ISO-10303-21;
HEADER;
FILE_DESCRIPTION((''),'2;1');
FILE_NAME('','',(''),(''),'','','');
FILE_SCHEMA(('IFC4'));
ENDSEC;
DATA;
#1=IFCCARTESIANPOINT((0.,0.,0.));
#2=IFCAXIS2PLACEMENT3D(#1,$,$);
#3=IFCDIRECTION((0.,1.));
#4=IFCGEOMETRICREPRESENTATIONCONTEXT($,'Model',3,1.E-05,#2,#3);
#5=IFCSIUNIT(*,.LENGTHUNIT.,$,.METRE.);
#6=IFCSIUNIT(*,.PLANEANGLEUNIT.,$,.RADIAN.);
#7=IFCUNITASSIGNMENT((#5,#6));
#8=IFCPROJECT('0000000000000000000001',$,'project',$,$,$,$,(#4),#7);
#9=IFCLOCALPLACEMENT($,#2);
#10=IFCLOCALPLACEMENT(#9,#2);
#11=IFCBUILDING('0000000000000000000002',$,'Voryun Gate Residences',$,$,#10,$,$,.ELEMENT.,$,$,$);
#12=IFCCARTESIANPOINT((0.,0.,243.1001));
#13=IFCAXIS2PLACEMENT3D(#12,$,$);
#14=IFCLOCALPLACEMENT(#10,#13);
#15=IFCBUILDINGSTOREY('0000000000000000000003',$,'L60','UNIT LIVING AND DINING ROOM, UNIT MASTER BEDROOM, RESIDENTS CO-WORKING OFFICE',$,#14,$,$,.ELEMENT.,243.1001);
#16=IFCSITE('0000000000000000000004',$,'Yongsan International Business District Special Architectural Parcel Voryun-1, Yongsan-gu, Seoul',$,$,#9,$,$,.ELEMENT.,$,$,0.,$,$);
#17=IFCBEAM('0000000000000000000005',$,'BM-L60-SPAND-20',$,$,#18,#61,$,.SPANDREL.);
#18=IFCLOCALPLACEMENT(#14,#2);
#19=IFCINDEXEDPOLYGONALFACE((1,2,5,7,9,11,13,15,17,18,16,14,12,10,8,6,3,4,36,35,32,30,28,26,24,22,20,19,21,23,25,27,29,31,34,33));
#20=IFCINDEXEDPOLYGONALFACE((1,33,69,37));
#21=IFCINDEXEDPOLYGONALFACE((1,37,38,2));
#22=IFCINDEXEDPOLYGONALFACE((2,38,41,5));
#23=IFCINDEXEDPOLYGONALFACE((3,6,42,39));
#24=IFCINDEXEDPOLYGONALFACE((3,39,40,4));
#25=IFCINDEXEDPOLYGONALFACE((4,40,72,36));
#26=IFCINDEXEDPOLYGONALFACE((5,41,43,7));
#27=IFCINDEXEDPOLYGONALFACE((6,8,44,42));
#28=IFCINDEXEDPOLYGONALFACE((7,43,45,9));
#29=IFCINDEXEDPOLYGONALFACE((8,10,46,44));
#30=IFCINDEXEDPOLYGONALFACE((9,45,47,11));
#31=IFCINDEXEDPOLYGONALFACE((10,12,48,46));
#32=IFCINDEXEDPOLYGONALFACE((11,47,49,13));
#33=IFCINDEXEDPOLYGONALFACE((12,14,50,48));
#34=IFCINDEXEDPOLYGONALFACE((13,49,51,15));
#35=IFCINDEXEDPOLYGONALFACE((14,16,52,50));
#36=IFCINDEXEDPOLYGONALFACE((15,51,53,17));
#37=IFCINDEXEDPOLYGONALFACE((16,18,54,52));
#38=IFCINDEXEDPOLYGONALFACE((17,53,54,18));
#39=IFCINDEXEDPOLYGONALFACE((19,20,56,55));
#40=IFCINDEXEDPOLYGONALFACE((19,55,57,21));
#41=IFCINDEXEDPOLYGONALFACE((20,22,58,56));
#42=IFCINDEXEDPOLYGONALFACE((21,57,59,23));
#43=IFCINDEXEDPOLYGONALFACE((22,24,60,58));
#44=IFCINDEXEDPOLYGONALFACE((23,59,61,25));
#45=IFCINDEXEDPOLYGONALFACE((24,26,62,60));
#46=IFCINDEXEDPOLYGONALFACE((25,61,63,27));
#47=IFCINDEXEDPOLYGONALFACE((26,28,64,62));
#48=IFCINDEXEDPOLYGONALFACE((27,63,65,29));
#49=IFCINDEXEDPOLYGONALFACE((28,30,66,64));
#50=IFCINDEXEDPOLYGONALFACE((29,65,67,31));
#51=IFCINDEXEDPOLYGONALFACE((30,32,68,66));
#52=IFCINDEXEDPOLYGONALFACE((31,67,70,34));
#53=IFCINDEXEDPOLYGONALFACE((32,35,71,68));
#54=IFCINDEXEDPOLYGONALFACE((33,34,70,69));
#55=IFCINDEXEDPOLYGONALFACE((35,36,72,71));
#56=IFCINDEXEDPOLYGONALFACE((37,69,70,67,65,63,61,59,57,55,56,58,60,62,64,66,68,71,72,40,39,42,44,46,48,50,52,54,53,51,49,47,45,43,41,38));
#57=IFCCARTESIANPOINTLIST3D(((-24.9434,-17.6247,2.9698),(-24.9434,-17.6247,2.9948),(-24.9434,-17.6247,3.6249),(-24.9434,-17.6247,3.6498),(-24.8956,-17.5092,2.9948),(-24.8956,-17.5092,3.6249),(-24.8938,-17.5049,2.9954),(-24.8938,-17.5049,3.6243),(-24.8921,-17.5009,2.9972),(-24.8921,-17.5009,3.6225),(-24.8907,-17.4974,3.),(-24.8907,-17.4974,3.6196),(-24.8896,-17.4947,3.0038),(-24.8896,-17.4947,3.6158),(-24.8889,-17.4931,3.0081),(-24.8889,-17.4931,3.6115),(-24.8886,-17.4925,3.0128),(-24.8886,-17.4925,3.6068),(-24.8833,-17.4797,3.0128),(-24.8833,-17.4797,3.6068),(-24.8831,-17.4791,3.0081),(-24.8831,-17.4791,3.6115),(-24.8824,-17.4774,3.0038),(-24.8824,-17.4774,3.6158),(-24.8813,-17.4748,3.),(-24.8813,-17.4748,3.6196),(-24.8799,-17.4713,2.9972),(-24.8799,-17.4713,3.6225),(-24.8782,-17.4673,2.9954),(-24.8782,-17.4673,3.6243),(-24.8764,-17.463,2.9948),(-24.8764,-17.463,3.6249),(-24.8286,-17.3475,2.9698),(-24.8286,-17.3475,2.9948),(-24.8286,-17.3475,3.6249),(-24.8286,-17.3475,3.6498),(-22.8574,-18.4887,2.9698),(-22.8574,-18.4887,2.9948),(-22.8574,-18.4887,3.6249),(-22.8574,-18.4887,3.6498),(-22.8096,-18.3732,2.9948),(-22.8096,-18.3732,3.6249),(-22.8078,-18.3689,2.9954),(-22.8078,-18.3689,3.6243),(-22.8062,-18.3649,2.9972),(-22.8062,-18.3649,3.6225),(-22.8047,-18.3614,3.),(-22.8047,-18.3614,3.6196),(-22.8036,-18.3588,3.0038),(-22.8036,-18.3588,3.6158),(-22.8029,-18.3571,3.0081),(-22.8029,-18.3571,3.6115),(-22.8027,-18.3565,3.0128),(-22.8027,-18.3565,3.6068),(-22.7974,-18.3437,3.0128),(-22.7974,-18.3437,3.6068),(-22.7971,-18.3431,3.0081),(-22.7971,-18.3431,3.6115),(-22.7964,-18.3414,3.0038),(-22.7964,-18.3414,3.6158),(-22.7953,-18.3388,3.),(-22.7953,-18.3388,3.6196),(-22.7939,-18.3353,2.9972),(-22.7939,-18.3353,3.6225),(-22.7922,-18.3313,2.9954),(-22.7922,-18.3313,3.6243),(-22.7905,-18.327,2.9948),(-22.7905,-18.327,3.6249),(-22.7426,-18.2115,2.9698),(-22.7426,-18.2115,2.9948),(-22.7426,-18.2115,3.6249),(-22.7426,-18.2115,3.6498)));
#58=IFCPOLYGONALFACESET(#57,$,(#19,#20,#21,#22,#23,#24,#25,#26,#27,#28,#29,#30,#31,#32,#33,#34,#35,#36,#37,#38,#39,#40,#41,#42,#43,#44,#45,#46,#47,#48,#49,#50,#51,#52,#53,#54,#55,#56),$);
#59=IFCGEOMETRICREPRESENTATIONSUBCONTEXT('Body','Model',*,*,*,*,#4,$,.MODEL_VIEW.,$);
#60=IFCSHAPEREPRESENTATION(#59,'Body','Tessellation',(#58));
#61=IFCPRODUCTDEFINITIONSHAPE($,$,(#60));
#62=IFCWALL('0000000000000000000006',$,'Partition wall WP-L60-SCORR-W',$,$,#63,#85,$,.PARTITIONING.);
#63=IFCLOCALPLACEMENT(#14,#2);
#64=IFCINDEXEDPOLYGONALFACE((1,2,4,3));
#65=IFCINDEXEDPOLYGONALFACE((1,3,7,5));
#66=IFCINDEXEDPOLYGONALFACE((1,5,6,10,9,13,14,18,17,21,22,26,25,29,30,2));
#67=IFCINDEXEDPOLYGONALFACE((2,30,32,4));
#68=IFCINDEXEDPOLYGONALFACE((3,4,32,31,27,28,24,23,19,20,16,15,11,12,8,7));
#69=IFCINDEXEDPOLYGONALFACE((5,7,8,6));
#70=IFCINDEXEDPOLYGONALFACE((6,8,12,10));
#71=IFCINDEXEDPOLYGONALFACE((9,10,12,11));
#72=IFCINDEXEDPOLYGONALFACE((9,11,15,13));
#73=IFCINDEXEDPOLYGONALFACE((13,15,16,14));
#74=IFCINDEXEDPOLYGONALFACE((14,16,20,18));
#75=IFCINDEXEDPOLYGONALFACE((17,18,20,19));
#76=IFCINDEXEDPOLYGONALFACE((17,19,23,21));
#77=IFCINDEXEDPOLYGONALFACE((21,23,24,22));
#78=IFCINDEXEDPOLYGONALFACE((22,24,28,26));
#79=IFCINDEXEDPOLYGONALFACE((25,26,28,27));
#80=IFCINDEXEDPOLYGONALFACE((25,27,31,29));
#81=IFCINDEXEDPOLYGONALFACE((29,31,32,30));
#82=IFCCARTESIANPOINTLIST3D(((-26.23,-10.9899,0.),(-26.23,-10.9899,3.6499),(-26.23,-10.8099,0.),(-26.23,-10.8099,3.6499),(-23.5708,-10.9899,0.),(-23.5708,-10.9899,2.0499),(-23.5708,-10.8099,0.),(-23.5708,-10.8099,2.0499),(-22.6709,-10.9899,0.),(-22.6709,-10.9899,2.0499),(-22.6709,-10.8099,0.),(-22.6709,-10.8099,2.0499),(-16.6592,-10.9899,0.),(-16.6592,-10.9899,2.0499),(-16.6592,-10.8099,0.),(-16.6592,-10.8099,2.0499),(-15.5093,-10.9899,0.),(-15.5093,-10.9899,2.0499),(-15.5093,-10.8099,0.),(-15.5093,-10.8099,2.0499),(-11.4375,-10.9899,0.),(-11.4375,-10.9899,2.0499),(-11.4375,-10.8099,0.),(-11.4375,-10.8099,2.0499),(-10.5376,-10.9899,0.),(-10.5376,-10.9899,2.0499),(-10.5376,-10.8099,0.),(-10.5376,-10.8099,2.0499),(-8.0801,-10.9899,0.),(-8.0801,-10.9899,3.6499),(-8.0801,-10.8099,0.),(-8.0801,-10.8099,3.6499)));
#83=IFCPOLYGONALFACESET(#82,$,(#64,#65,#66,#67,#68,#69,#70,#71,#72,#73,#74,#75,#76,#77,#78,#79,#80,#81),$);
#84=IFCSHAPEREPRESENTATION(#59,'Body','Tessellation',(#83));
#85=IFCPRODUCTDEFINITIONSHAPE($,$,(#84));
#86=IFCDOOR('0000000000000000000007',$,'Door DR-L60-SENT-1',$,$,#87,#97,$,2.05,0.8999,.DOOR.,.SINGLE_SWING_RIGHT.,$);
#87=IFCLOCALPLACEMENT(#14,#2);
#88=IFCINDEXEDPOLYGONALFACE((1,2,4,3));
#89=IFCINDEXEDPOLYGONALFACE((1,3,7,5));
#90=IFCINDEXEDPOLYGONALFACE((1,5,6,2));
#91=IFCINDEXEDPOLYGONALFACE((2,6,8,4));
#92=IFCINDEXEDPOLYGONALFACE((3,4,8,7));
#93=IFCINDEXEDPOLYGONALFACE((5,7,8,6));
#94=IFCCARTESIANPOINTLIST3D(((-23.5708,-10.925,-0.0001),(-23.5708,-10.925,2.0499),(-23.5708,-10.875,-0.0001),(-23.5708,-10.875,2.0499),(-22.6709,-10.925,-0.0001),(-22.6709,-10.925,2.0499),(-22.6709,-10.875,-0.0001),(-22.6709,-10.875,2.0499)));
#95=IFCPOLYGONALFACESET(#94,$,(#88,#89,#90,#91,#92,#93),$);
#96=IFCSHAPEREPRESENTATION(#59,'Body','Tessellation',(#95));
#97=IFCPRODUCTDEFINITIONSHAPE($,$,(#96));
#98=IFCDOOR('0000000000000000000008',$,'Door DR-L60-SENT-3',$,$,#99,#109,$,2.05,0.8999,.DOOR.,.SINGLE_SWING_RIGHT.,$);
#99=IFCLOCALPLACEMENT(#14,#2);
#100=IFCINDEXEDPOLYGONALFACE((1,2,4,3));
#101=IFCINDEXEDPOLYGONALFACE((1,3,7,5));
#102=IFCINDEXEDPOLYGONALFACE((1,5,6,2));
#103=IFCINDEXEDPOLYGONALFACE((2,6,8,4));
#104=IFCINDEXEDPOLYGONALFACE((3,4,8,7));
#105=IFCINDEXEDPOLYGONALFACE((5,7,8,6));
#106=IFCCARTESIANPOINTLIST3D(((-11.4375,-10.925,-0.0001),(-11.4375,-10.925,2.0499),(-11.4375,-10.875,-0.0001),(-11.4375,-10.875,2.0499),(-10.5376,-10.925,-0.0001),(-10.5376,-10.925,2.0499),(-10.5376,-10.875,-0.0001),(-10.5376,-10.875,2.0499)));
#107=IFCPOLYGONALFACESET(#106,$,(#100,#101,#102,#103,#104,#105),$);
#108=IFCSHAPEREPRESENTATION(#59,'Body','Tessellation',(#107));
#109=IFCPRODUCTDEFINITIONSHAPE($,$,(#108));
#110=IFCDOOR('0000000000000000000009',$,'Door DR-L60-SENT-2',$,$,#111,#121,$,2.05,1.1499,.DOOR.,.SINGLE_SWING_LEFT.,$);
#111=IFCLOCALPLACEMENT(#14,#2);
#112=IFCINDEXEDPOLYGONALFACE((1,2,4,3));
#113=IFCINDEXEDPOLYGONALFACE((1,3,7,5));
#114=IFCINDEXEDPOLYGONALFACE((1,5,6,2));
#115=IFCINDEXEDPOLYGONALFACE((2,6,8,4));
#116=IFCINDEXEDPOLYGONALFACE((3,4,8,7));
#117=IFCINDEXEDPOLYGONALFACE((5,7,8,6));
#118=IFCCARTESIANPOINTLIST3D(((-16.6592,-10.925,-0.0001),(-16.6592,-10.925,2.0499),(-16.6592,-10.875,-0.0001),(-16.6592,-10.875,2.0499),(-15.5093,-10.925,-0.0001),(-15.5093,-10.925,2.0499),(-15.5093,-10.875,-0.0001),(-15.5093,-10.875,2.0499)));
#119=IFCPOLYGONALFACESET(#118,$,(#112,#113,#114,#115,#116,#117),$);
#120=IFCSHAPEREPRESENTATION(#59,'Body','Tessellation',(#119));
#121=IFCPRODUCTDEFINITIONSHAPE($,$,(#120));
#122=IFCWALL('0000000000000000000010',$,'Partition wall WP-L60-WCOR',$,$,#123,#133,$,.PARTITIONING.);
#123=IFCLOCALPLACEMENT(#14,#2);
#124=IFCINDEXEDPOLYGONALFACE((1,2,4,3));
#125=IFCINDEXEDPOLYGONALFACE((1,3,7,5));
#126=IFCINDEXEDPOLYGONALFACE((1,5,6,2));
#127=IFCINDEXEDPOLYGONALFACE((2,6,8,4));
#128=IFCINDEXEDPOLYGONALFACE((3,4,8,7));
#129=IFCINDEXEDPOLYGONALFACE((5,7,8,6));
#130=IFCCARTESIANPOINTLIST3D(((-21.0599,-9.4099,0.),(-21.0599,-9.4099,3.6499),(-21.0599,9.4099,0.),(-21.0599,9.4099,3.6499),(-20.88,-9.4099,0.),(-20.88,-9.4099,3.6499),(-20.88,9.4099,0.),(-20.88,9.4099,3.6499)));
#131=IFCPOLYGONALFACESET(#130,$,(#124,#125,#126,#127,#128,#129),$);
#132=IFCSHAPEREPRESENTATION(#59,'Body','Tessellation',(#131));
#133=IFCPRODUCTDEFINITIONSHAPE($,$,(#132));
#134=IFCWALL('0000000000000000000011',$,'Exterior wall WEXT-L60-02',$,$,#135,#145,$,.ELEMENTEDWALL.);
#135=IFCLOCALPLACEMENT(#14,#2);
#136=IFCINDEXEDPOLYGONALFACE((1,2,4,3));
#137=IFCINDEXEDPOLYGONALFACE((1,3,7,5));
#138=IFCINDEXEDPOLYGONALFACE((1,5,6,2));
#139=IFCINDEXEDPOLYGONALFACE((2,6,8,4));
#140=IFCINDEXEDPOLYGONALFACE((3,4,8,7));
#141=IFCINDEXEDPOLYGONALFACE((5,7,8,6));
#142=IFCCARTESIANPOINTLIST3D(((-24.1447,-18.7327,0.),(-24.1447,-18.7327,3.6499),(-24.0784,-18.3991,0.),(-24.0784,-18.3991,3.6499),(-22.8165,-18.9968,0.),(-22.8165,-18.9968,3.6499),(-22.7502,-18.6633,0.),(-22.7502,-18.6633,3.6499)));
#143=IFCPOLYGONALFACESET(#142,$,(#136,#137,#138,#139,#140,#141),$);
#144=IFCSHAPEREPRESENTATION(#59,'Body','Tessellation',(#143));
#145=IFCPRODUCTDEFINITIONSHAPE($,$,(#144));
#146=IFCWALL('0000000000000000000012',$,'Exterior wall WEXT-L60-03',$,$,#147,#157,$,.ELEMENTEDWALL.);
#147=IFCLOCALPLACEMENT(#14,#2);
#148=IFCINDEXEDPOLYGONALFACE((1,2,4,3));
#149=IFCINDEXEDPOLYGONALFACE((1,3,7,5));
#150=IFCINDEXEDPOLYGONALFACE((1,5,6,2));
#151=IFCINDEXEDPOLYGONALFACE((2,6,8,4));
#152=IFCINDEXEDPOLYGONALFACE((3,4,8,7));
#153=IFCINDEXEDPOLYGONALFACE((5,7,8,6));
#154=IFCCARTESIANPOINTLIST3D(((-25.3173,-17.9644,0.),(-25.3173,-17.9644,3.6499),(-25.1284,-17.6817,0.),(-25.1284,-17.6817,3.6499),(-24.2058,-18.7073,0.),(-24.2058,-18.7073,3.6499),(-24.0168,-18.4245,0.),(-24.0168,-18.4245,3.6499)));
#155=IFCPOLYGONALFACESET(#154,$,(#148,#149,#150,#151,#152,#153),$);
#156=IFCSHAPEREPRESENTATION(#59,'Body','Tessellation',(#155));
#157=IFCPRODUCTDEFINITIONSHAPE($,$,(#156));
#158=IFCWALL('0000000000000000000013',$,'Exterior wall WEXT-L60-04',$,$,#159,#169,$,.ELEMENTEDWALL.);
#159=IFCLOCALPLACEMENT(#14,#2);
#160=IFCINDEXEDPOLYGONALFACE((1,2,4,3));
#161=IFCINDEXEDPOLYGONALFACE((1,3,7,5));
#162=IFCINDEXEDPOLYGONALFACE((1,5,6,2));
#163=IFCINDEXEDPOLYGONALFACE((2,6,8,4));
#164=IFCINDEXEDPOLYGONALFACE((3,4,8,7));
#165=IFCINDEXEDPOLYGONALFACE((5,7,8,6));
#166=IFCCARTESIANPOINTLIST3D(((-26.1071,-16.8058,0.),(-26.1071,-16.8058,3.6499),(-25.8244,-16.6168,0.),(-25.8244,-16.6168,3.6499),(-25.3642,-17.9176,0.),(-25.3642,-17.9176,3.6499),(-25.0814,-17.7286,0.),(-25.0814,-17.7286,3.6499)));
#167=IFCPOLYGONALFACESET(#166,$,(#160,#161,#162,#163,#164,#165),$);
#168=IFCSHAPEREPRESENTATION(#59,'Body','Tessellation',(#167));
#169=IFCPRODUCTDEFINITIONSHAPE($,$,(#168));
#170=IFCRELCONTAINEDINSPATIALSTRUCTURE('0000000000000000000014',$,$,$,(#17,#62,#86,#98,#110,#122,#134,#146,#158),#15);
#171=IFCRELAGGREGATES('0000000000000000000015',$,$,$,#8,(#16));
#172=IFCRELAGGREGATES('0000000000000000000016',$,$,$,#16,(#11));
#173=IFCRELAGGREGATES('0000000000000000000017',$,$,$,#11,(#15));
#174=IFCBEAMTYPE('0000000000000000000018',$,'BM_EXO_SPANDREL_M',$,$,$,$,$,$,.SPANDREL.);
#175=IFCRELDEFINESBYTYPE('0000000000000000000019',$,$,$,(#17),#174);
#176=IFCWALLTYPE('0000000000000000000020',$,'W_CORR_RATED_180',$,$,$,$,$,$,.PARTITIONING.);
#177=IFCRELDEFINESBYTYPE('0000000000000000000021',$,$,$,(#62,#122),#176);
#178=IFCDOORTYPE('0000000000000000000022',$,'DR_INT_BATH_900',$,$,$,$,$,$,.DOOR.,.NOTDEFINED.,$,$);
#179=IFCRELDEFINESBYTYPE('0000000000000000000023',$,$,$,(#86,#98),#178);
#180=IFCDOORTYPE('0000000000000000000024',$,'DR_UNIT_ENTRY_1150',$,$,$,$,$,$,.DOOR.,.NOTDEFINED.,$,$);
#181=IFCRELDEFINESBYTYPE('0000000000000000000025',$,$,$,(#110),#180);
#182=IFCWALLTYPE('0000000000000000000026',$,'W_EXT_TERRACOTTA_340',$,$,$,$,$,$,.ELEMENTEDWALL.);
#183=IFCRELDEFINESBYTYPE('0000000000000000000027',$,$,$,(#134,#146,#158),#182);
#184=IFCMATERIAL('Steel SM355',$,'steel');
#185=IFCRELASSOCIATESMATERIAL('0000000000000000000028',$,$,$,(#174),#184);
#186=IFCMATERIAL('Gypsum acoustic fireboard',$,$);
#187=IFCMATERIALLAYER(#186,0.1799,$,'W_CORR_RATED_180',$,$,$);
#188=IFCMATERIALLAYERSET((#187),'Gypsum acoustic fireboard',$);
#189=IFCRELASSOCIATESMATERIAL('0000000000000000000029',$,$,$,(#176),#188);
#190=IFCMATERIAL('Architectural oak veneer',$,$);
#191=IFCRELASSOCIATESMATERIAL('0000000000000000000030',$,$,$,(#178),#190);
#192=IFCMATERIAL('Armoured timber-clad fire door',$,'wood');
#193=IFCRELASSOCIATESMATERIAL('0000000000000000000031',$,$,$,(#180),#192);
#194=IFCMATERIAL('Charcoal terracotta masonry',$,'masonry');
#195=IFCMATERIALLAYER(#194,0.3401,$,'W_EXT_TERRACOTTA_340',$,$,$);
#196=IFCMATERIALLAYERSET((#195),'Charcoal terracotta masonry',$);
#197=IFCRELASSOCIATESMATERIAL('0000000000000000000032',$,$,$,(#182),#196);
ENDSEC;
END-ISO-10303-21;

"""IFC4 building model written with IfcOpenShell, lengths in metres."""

from ifc_helpers import new_model, si_unit, direction, frame, frame_2d, origin, origin_2d, place, context, subcontext, project, spatial, rectangle, i_section, extrude, material, layer, layer_set, material_profile, profile_set, type_object, element, fill, save


model = new_model("IFC4")

# Units and contexts
model_context = context("Model", 3, precision=1e-05, world=origin(), true_north=direction((0.0, 1.0)))
body_context = subcontext(model_context, "Body", "Model", "MODEL_VIEW")
ifc_project = project(units=[si_unit("LENGTHUNIT", "METRE"), si_unit("PLANEANGLEUNIT", "RADIAN")], contexts=[model_context])

# Site, building, storey
site_placement = place(None, origin())
site = spatial("IfcSite", under=ifc_project, at=site_placement, Name="Yongsan International Business District Special Architectural Parcel Voryun-1, Yongsan-gu, Seoul", CompositionType="ELEMENT", RefElevation=0.0)
building_placement = place(site_placement, origin())
building = spatial("IfcBuilding", under=site, at=building_placement, Name="Voryun Gate Residences", CompositionType="ELEMENT")
storey_placement = place(building_placement, frame((0.0, 0.0, 243.1001)))
storey = spatial("IfcBuildingStorey", under=building, at=storey_placement, Name="L60", Description="UNIT LIVING AND DINING ROOM, UNIT MASTER BEDROOM, RESIDENTS CO-WORKING OFFICE", CompositionType="ELEMENT", Elevation=243.1001)

# Beam
ifc_material_1 = material(Name="Steel SM355", Category="steel")
ifc_material_profile_1 = material_profile(ifc_material_1, i_section(OverallWidth=0.3, OverallDepth=0.6799, WebThickness=0.0139, FlangeThickness=0.0249, FilletRadius=0.0181, at=origin_2d()), Name="H-680x300x14x25")
ifc_profile_set_1 = profile_set([ifc_material_profile_1], Name="Steel SM355")
beam_type = type_object("IfcBeamType", Name="BM_EXO_SPANDREL_M", PredefinedType="SPANDREL", material=ifc_profile_set_1)
beam_1_placement = place(storey_placement, frame((-24.886, -17.4861, 3.3098), z_axis=(0.923881, -0.38268, 0.0), x_axis=(0.38268, 0.923881, 0.0)))
element("IfcBeam", 1, at=beam_1_placement, inside=storey, type_object=beam_type, Name="BM-L60-SPAND-20", PredefinedType="SPANDREL", context=body_context, shape_type="SweptSolid", body=[
    extrude(i_section(OverallWidth=0.3, OverallDepth=0.6799, WebThickness=0.0139, FlangeThickness=0.0249, FilletRadius=0.0181, at=origin_2d()), origin(), (0.0, 0.0, 1.0), 2.2578),
])

# Wall, openings, doors
ifc_material_2 = material(Name="Gypsum acoustic fireboard")
ifc_layer_1 = layer(ifc_material_2, 0.1799, Name="W_CORR_RATED_180")
ifc_layer_set_1 = layer_set([ifc_layer_1], Name="Gypsum acoustic fireboard")
wall_type_1 = type_object("IfcWallType", Name="W_CORR_RATED_180", PredefinedType="PARTITIONING", material=ifc_layer_set_1)
wall_1_placement = place(storey_placement, frame((-26.23, -10.8999, 0.0), z_axis=(0.0, 0.0, 1.0), x_axis=(1.0, 0.0, 0.0)))
wall_1 = element("IfcWall", 2, at=wall_1_placement, inside=storey, type_object=wall_type_1, Name="Partition wall WP-L60-SCORR-W", PredefinedType="PARTITIONING", context=body_context, shape_type="SweptSolid", body=[
    extrude(rectangle(XDim=18.1499, YDim=0.1799, at=frame_2d((9.075, 0.0))), origin(), (0.0, 0.0, 1.0), 3.6499),
])
opening_1_placement = place(wall_1_placement, frame((2.6592, 0.0, 0.0)))
opening_1 = element("IfcOpeningElement", 3, at=opening_1_placement, cuts=wall_1, PredefinedType="OPENING", context=body_context, shape_type="SweptSolid", body=[
    extrude(rectangle(XDim=0.8999, YDim=2.05, at=frame_2d((0.45, 1.0249))), frame((0.0, 0.0999, 0.0), z_axis=(0.0, -1.0, 0.0), x_axis=(1.0, 0.0, 0.0)), (0.0, 0.0, 1.0), 0.2),
])
opening_2_placement = place(wall_1_placement, frame((9.5708, 0.0, 0.0)))
opening_2 = element("IfcOpeningElement", 4, at=opening_2_placement, cuts=wall_1, PredefinedType="OPENING", context=body_context, shape_type="SweptSolid", body=[
    extrude(rectangle(XDim=1.1499, YDim=2.05, at=frame_2d((0.575, 1.0249))), frame((0.0, 0.0999, 0.0), z_axis=(0.0, -1.0, 0.0), x_axis=(1.0, 0.0, 0.0)), (0.0, 0.0, 1.0), 0.2),
])
opening_3_placement = place(wall_1_placement, frame((14.7925, 0.0, 0.0)))
opening_3 = element("IfcOpeningElement", 5, at=opening_3_placement, cuts=wall_1, PredefinedType="OPENING", context=body_context, shape_type="SweptSolid", body=[
    extrude(rectangle(XDim=0.8999, YDim=2.05, at=frame_2d((0.45, 1.0249))), frame((0.0, 0.0999, 0.0), z_axis=(0.0, -1.0, 0.0), x_axis=(1.0, 0.0, 0.0)), (0.0, 0.0, 1.0), 0.2),
])
ifc_material_3 = material(Name="Architectural oak veneer")
door_type_1 = type_object("IfcDoorType", Name="DR_INT_BATH_900", OperationType="NOTDEFINED", PredefinedType="DOOR", material=ifc_material_3)
door_1_placement = place(opening_1_placement, origin())
door_1 = element("IfcDoor", 6, at=door_1_placement, inside=storey, type_object=door_type_1, Name="Door DR-L60-SENT-1", OperationType="SINGLE_SWING_RIGHT", OverallHeight=2.05, OverallWidth=0.8999, PredefinedType="DOOR", context=body_context, shape_type="SweptSolid", body=[
    extrude(rectangle(XDim=0.8999, YDim=2.05, at=frame_2d((0.45, 1.0249))), frame((0.0, 0.0249, 0.0), z_axis=(0.0, -1.0, 0.0), x_axis=(1.0, 0.0, 0.0)), (0.0, 0.0, 1.0), 0.05),
])
fill(opening_1, door_1)
door_2_placement = place(opening_3_placement, origin())
door_2 = element("IfcDoor", 7, at=door_2_placement, inside=storey, type_object=door_type_1, Name="Door DR-L60-SENT-3", OperationType="SINGLE_SWING_RIGHT", OverallHeight=2.05, OverallWidth=0.8999, PredefinedType="DOOR", context=body_context, shape_type="SweptSolid", body=[
    extrude(rectangle(XDim=0.8999, YDim=2.05, at=frame_2d((0.45, 1.0249))), frame((0.0, 0.0249, 0.0), z_axis=(0.0, -1.0, 0.0), x_axis=(1.0, 0.0, 0.0)), (0.0, 0.0, 1.0), 0.05),
])
fill(opening_3, door_2)
ifc_material_4 = material(Name="Armoured timber-clad fire door", Category="wood")
door_type_2 = type_object("IfcDoorType", Name="DR_UNIT_ENTRY_1150", OperationType="NOTDEFINED", PredefinedType="DOOR", material=ifc_material_4)
door_3_placement = place(opening_2_placement, origin())
door_3 = element("IfcDoor", 8, at=door_3_placement, inside=storey, type_object=door_type_2, Name="Door DR-L60-SENT-2", OperationType="SINGLE_SWING_LEFT", OverallHeight=2.05, OverallWidth=1.1499, PredefinedType="DOOR", context=body_context, shape_type="SweptSolid", body=[
    extrude(rectangle(XDim=1.1499, YDim=2.05, at=frame_2d((0.575, 1.0249))), frame((0.0, 0.0249, 0.0), z_axis=(0.0, -1.0, 0.0), x_axis=(1.0, 0.0, 0.0)), (0.0, 0.0, 1.0), 0.05),
])
fill(opening_2, door_3)

# Walls
wall_2_placement = place(storey_placement, frame((-20.97, -9.4099, 0.0), z_axis=(0.0, 0.0, 1.0), x_axis=(0.0, 1.0, 0.0)))
element("IfcWall", 9, at=wall_2_placement, inside=storey, type_object=wall_type_1, Name="Partition wall WP-L60-WCOR", PredefinedType="PARTITIONING", context=body_context, shape_type="SweptSolid", body=[
    extrude(rectangle(XDim=18.8198, YDim=0.1799, at=frame_2d((9.4099, 0.0))), origin(), (0.0, 0.0, 1.0), 3.6499),
])
ifc_material_5 = material(Name="Charcoal terracotta masonry", Category="masonry")
ifc_layer_2 = layer(ifc_material_5, 0.3401, Name="W_EXT_TERRACOTTA_340")
ifc_layer_set_2 = layer_set([ifc_layer_2], Name="Charcoal terracotta masonry")
wall_type_2 = type_object("IfcWallType", Name="W_EXT_TERRACOTTA_340", PredefinedType="ELEMENTEDWALL", material=ifc_layer_set_2)
wall_3_placement = place(storey_placement, frame((-22.7832, -18.8301, 0.0), z_axis=(0.0, 0.0, 1.0), x_axis=(-0.980788, 0.195076, 0.0)))
element("IfcWall", 10, at=wall_3_placement, inside=storey, type_object=wall_type_2, Name="Exterior wall WEXT-L60-02", PredefinedType="ELEMENTEDWALL", context=body_context, shape_type="SweptSolid", body=[
    extrude(rectangle(XDim=1.3542, YDim=0.3401, at=frame_2d((0.6772, 0.0))), origin(), (0.0, 0.0, 1.0), 3.6499),
])
wall_4_placement = place(storey_placement, frame((-24.1113, -18.5659, 0.0), z_axis=(0.0, 0.0, 1.0), x_axis=(-0.831404, 0.555669, 0.0)))
element("IfcWall", 11, at=wall_4_placement, inside=storey, type_object=wall_type_2, Name="Exterior wall WEXT-L60-03", PredefinedType="ELEMENTEDWALL", context=body_context, shape_type="SweptSolid", body=[
    extrude(rectangle(XDim=1.3369, YDim=0.3401, at=frame_2d((0.6685, 0.0))), origin(), (0.0, 0.0, 1.0), 3.6499),
])
wall_5_placement = place(storey_placement, frame((-25.2229, -17.823, 0.0), z_axis=(0.0, 0.0, 1.0), x_axis=(-0.555585, 0.83146, 0.0)))
element("IfcWall", 12, at=wall_5_placement, inside=storey, type_object=wall_type_2, Name="Exterior wall WEXT-L60-04", PredefinedType="ELEMENTEDWALL", context=body_context, shape_type="SweptSolid", body=[
    extrude(rectangle(XDim=1.3372, YDim=0.3401, at=frame_2d((0.6685, 0.0))), origin(), (0.0, 0.0, 1.0), 3.6499),
])

save(model, "model.ifc")
